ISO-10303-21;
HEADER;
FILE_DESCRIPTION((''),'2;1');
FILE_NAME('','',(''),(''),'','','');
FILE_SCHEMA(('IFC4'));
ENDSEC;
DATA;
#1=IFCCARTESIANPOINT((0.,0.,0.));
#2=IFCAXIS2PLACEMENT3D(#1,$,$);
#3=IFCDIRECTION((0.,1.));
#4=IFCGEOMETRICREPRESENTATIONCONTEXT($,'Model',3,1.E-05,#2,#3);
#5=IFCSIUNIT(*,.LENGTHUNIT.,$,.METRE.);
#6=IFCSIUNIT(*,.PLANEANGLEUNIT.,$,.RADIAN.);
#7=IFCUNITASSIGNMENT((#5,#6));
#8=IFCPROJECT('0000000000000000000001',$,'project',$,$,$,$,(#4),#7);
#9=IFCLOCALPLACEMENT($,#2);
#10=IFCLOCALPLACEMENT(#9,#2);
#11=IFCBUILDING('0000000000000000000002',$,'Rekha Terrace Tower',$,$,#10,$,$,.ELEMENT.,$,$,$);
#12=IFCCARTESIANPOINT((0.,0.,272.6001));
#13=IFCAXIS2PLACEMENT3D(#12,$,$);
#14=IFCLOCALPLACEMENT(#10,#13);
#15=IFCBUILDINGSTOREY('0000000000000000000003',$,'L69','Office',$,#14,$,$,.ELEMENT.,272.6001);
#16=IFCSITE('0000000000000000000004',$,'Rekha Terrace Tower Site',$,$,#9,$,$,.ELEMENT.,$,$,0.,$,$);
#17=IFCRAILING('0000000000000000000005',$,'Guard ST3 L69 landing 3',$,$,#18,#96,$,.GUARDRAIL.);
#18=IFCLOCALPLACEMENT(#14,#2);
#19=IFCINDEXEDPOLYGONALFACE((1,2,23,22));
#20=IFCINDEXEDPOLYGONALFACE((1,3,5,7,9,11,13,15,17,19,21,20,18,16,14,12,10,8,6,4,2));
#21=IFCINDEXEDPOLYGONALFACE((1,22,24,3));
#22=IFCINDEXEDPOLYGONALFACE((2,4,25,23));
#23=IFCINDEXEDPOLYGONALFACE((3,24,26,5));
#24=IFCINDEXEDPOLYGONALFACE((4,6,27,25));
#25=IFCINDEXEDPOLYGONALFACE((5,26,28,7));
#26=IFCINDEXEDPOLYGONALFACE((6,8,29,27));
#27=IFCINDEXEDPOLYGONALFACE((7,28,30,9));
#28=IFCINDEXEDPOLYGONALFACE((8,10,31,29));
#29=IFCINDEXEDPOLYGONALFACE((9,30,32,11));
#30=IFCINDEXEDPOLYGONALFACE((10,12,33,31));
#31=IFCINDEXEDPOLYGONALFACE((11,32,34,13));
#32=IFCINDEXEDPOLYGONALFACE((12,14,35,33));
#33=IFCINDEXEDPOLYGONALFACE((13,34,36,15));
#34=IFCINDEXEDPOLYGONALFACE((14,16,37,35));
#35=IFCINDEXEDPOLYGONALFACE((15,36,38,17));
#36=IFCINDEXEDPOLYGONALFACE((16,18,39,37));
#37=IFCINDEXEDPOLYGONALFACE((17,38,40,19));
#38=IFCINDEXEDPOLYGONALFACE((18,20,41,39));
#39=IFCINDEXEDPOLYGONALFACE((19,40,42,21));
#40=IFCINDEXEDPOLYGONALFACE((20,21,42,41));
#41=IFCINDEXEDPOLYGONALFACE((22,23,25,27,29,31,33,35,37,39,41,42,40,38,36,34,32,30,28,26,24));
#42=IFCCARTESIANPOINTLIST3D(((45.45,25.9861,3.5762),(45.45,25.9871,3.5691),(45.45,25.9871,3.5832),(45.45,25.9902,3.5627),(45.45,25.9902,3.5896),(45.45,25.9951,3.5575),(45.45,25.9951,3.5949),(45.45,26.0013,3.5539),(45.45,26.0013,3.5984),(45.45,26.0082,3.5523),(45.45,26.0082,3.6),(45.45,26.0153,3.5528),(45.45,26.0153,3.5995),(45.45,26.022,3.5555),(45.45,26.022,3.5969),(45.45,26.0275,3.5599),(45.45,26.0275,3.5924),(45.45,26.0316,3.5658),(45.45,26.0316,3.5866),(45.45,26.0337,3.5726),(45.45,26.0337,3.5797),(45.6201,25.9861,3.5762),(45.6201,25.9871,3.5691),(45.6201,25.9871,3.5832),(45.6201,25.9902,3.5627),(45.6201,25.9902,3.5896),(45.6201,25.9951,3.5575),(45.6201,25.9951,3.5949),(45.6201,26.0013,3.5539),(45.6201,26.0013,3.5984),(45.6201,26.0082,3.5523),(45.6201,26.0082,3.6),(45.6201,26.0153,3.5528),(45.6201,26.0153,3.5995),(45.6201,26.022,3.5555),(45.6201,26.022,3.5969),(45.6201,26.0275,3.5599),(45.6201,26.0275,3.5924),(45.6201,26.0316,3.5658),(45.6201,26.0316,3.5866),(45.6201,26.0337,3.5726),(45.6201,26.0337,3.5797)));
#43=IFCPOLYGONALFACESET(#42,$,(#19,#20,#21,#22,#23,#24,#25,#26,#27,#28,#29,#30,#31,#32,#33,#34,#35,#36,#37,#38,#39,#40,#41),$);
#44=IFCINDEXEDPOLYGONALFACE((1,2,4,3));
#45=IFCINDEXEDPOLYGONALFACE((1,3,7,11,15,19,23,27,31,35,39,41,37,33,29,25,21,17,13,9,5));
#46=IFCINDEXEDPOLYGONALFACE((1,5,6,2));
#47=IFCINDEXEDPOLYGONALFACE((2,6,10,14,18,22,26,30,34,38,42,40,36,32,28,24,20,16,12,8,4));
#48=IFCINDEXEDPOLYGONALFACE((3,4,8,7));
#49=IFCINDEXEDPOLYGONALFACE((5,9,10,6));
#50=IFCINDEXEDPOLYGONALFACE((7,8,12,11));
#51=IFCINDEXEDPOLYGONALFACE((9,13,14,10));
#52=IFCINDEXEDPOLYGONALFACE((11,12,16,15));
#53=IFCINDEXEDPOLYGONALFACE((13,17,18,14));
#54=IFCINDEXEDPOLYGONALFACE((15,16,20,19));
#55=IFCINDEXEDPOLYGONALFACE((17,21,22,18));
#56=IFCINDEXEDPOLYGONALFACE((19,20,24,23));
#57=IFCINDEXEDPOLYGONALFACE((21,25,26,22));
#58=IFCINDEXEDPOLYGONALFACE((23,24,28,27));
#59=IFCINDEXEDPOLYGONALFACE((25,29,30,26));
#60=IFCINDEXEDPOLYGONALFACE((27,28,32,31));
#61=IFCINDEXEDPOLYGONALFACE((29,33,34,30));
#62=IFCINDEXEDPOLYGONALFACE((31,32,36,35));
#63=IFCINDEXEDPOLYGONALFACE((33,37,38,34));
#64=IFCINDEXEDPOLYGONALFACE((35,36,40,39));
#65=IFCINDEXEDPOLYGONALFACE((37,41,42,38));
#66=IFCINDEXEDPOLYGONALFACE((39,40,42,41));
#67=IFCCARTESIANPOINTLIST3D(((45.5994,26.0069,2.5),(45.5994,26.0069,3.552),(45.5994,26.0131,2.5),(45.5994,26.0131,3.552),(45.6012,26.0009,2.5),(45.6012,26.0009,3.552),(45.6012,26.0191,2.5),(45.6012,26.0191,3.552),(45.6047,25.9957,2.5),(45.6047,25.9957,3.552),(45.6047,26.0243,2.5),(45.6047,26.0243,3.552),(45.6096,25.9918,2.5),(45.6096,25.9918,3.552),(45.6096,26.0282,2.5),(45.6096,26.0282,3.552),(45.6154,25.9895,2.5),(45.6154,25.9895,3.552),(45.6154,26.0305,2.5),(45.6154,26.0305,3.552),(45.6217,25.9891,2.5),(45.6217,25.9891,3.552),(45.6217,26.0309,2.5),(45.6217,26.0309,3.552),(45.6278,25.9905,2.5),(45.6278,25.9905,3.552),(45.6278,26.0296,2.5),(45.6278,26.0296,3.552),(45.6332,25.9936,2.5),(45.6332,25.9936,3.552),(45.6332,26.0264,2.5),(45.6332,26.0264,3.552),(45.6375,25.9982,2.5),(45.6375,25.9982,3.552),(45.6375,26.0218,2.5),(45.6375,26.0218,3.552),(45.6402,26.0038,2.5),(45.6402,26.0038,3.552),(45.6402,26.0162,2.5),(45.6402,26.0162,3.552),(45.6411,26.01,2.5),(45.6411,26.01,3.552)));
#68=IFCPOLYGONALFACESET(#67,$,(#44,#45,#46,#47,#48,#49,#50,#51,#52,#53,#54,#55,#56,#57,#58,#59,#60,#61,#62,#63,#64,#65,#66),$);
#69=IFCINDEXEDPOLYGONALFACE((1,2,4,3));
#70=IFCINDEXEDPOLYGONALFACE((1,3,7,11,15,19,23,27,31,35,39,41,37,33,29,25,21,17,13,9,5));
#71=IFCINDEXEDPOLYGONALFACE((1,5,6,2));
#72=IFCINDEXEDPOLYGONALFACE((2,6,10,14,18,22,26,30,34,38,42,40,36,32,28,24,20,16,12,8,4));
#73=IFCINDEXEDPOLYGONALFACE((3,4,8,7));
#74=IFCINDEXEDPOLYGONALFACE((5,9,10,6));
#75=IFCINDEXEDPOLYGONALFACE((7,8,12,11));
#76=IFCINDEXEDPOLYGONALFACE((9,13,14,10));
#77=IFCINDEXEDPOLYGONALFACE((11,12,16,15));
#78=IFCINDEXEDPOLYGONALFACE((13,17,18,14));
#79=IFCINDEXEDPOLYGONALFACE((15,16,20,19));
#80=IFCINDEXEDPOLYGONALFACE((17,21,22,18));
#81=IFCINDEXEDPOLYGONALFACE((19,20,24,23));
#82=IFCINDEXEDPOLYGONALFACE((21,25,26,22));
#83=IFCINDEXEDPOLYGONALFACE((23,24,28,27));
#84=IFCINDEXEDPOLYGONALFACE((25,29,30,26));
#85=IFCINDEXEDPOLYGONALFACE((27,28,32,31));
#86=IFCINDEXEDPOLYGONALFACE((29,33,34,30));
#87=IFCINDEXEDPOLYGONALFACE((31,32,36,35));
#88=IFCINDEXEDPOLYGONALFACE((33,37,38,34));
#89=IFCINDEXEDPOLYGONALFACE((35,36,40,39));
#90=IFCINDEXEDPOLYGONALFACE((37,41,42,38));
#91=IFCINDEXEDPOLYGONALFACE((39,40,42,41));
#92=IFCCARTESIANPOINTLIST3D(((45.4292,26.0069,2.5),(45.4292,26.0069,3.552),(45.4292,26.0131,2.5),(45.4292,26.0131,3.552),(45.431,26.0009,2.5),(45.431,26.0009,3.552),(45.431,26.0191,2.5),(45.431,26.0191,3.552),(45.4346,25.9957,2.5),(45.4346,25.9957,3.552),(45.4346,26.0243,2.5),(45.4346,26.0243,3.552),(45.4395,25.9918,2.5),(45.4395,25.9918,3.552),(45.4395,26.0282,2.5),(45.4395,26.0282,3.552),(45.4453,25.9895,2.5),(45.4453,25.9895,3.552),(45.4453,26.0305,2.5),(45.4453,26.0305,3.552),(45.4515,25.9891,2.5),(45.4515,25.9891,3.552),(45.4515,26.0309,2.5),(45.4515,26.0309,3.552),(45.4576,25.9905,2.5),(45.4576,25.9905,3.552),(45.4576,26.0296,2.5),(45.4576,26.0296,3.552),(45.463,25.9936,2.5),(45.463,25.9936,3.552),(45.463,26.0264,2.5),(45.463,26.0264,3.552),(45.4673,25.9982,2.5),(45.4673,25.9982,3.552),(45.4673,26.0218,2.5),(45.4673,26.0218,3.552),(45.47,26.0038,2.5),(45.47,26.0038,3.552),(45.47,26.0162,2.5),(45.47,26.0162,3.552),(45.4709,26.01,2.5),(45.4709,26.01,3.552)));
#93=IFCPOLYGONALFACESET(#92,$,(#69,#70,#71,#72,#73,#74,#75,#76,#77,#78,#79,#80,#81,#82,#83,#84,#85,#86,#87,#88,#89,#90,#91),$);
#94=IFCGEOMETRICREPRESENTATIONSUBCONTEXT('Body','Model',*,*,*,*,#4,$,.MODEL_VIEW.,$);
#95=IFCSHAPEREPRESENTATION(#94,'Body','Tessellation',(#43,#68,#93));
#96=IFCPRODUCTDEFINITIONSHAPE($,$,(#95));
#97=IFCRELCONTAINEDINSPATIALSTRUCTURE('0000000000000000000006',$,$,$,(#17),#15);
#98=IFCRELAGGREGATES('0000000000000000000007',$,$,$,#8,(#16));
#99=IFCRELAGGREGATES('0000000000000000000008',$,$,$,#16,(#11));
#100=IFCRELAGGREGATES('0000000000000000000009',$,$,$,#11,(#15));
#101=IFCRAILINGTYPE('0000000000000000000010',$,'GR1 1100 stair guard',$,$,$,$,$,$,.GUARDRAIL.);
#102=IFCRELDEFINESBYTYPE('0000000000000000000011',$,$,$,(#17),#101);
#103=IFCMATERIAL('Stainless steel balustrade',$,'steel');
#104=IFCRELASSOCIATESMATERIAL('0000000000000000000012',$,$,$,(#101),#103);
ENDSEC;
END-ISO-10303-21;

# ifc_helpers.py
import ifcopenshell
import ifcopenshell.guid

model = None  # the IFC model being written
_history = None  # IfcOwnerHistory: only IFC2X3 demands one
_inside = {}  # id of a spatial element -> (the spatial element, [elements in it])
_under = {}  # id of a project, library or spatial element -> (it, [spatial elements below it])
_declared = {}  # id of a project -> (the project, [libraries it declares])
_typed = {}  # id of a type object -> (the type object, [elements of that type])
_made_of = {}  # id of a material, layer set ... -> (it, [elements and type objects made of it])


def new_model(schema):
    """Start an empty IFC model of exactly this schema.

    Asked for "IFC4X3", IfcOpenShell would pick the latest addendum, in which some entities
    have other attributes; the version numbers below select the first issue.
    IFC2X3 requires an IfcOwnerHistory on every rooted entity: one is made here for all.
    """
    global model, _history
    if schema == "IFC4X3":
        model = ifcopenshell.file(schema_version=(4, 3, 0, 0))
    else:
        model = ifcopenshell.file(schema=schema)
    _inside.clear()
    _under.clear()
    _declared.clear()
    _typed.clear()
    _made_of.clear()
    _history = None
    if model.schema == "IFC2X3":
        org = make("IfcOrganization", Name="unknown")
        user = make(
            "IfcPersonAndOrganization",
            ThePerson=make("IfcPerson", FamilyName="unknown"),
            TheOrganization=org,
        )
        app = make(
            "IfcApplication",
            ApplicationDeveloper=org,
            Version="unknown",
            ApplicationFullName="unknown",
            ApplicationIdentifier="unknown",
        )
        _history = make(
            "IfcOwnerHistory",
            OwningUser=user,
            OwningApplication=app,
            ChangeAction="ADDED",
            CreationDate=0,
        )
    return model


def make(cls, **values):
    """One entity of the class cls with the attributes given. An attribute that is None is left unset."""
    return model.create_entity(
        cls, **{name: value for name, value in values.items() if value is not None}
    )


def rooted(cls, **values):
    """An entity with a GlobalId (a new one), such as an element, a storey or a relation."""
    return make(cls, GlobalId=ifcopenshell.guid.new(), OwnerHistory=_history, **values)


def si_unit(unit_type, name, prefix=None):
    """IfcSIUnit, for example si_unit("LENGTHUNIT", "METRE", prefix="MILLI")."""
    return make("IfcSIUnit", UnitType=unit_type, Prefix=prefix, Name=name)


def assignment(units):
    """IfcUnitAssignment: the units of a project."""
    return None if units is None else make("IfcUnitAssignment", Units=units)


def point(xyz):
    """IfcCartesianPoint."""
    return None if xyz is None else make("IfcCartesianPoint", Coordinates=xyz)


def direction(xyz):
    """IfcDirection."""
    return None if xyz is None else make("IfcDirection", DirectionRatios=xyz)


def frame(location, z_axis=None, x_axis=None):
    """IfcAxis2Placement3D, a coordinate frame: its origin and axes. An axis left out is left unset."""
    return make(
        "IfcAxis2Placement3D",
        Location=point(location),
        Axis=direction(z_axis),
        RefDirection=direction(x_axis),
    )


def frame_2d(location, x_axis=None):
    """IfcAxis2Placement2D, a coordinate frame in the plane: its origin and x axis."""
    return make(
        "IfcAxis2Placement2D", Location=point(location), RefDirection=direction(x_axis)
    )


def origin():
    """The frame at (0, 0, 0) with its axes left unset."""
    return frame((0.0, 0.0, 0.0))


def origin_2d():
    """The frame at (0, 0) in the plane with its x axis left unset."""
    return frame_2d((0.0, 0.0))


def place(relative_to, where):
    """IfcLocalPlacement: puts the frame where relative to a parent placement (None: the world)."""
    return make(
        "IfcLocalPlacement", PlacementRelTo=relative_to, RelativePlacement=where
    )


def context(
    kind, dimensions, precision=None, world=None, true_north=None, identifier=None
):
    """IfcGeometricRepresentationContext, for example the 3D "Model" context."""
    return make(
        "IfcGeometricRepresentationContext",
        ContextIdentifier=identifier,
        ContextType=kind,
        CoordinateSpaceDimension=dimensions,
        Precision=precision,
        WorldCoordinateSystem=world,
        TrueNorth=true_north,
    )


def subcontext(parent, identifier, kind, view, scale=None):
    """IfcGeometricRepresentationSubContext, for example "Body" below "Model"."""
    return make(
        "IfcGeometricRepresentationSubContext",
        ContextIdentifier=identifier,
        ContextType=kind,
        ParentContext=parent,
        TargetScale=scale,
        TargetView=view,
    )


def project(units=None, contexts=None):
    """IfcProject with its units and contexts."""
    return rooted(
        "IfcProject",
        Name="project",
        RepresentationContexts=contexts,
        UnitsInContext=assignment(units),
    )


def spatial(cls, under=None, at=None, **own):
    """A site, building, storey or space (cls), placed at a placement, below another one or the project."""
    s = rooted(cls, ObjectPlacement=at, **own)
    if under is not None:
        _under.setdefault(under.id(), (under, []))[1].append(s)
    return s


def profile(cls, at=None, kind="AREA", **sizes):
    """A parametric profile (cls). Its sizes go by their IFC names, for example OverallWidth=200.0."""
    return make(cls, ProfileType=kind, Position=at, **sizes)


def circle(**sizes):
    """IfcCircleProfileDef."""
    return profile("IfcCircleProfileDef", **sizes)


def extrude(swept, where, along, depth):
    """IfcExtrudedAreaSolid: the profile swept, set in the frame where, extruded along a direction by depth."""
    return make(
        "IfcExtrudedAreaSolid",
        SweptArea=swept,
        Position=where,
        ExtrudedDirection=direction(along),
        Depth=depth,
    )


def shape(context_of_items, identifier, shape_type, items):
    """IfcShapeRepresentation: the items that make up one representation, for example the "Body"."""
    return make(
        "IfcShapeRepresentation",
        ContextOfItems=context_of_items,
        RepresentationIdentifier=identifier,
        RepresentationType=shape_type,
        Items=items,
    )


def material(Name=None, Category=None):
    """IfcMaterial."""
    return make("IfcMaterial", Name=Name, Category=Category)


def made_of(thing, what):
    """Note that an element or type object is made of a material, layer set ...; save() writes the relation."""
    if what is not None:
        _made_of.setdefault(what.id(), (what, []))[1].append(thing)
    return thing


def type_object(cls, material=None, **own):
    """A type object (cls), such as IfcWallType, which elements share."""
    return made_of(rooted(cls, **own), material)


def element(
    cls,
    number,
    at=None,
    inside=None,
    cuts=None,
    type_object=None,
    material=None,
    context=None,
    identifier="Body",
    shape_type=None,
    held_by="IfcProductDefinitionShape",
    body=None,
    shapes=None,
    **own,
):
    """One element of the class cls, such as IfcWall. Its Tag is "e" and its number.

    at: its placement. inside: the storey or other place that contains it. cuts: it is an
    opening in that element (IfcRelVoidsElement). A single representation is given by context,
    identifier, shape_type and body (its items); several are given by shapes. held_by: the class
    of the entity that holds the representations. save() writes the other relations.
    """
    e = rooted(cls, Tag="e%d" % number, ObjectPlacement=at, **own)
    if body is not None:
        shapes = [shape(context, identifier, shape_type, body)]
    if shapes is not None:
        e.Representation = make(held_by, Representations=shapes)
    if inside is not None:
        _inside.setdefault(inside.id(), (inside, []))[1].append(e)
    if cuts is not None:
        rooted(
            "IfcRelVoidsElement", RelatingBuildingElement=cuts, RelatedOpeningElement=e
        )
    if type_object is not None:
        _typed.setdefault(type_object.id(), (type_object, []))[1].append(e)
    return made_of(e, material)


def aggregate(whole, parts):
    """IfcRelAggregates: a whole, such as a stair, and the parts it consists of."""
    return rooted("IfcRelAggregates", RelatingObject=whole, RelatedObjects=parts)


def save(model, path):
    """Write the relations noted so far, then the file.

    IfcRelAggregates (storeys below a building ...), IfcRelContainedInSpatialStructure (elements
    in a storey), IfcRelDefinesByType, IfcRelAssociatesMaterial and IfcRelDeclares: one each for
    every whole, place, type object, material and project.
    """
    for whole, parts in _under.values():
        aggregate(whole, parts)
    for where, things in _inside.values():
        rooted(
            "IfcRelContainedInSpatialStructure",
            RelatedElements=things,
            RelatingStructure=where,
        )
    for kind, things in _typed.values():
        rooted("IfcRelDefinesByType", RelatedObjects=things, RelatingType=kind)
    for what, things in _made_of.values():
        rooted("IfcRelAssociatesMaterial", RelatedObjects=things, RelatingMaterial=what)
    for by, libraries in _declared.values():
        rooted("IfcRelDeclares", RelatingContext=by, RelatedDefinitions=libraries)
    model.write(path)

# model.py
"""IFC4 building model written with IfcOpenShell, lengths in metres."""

from ifc_helpers import new_model, si_unit, direction, frame, origin, origin_2d, place, context, subcontext, project, spatial, circle, extrude, material, type_object, element, save


model = new_model("IFC4")

# Units and contexts
model_context = context("Model", 3, precision=1e-05, world=origin(), true_north=direction((0.0, 1.0)))
body_context = subcontext(model_context, "Body", "Model", "MODEL_VIEW")
ifc_project = project(units=[si_unit("LENGTHUNIT", "METRE"), si_unit("PLANEANGLEUNIT", "RADIAN")], contexts=[model_context])

# Site, building, storey
site_placement = place(None, origin())
site = spatial("IfcSite", under=ifc_project, at=site_placement, Name="Rekha Terrace Tower Site", CompositionType="ELEMENT", RefElevation=0.0)
building_placement = place(site_placement, origin())
building = spatial("IfcBuilding", under=site, at=building_placement, Name="Rekha Terrace Tower", CompositionType="ELEMENT")
storey_placement = place(building_placement, frame((0.0, 0.0, 272.6001)))
storey = spatial("IfcBuildingStorey", under=building, at=storey_placement, Name="L69", Description="Office", CompositionType="ELEMENT", Elevation=272.6001)

# Railing
ifc_material_1 = material(Name="Stainless steel balustrade", Category="steel")
railing_type_1 = type_object("IfcRailingType", Name="GR1 1100 stair guard", PredefinedType="GUARDRAIL", material=ifc_material_1)
railing_1_placement = place(storey_placement, frame((45.6201, 26.01, 2.5)))
element("IfcRailing", 1, at=railing_1_placement, inside=storey, type_object=railing_type_1, Name="Guard ST3 L69 landing 3", PredefinedType="GUARDRAIL", context=body_context, shape_type="SweptSolid", body=[
    extrude(circle(Radius=0.0239, at=origin_2d()), frame((0.0, 0.0, 1.0762), z_axis=(-1.0, 0.0, 0.0), x_axis=(0.0, -1.0, 0.0)), (0.0, 0.0, 1.0), 0.1702),
    extrude(circle(Radius=0.021, at=origin_2d()), origin(), (0.0, 0.0, 1.0), 1.052),
    extrude(circle(Radius=0.021, at=origin_2d()), frame((-0.1702, 0.0, 0.0)), (0.0, 0.0, 1.0), 1.052),
])

save(model, "model.ifc")
